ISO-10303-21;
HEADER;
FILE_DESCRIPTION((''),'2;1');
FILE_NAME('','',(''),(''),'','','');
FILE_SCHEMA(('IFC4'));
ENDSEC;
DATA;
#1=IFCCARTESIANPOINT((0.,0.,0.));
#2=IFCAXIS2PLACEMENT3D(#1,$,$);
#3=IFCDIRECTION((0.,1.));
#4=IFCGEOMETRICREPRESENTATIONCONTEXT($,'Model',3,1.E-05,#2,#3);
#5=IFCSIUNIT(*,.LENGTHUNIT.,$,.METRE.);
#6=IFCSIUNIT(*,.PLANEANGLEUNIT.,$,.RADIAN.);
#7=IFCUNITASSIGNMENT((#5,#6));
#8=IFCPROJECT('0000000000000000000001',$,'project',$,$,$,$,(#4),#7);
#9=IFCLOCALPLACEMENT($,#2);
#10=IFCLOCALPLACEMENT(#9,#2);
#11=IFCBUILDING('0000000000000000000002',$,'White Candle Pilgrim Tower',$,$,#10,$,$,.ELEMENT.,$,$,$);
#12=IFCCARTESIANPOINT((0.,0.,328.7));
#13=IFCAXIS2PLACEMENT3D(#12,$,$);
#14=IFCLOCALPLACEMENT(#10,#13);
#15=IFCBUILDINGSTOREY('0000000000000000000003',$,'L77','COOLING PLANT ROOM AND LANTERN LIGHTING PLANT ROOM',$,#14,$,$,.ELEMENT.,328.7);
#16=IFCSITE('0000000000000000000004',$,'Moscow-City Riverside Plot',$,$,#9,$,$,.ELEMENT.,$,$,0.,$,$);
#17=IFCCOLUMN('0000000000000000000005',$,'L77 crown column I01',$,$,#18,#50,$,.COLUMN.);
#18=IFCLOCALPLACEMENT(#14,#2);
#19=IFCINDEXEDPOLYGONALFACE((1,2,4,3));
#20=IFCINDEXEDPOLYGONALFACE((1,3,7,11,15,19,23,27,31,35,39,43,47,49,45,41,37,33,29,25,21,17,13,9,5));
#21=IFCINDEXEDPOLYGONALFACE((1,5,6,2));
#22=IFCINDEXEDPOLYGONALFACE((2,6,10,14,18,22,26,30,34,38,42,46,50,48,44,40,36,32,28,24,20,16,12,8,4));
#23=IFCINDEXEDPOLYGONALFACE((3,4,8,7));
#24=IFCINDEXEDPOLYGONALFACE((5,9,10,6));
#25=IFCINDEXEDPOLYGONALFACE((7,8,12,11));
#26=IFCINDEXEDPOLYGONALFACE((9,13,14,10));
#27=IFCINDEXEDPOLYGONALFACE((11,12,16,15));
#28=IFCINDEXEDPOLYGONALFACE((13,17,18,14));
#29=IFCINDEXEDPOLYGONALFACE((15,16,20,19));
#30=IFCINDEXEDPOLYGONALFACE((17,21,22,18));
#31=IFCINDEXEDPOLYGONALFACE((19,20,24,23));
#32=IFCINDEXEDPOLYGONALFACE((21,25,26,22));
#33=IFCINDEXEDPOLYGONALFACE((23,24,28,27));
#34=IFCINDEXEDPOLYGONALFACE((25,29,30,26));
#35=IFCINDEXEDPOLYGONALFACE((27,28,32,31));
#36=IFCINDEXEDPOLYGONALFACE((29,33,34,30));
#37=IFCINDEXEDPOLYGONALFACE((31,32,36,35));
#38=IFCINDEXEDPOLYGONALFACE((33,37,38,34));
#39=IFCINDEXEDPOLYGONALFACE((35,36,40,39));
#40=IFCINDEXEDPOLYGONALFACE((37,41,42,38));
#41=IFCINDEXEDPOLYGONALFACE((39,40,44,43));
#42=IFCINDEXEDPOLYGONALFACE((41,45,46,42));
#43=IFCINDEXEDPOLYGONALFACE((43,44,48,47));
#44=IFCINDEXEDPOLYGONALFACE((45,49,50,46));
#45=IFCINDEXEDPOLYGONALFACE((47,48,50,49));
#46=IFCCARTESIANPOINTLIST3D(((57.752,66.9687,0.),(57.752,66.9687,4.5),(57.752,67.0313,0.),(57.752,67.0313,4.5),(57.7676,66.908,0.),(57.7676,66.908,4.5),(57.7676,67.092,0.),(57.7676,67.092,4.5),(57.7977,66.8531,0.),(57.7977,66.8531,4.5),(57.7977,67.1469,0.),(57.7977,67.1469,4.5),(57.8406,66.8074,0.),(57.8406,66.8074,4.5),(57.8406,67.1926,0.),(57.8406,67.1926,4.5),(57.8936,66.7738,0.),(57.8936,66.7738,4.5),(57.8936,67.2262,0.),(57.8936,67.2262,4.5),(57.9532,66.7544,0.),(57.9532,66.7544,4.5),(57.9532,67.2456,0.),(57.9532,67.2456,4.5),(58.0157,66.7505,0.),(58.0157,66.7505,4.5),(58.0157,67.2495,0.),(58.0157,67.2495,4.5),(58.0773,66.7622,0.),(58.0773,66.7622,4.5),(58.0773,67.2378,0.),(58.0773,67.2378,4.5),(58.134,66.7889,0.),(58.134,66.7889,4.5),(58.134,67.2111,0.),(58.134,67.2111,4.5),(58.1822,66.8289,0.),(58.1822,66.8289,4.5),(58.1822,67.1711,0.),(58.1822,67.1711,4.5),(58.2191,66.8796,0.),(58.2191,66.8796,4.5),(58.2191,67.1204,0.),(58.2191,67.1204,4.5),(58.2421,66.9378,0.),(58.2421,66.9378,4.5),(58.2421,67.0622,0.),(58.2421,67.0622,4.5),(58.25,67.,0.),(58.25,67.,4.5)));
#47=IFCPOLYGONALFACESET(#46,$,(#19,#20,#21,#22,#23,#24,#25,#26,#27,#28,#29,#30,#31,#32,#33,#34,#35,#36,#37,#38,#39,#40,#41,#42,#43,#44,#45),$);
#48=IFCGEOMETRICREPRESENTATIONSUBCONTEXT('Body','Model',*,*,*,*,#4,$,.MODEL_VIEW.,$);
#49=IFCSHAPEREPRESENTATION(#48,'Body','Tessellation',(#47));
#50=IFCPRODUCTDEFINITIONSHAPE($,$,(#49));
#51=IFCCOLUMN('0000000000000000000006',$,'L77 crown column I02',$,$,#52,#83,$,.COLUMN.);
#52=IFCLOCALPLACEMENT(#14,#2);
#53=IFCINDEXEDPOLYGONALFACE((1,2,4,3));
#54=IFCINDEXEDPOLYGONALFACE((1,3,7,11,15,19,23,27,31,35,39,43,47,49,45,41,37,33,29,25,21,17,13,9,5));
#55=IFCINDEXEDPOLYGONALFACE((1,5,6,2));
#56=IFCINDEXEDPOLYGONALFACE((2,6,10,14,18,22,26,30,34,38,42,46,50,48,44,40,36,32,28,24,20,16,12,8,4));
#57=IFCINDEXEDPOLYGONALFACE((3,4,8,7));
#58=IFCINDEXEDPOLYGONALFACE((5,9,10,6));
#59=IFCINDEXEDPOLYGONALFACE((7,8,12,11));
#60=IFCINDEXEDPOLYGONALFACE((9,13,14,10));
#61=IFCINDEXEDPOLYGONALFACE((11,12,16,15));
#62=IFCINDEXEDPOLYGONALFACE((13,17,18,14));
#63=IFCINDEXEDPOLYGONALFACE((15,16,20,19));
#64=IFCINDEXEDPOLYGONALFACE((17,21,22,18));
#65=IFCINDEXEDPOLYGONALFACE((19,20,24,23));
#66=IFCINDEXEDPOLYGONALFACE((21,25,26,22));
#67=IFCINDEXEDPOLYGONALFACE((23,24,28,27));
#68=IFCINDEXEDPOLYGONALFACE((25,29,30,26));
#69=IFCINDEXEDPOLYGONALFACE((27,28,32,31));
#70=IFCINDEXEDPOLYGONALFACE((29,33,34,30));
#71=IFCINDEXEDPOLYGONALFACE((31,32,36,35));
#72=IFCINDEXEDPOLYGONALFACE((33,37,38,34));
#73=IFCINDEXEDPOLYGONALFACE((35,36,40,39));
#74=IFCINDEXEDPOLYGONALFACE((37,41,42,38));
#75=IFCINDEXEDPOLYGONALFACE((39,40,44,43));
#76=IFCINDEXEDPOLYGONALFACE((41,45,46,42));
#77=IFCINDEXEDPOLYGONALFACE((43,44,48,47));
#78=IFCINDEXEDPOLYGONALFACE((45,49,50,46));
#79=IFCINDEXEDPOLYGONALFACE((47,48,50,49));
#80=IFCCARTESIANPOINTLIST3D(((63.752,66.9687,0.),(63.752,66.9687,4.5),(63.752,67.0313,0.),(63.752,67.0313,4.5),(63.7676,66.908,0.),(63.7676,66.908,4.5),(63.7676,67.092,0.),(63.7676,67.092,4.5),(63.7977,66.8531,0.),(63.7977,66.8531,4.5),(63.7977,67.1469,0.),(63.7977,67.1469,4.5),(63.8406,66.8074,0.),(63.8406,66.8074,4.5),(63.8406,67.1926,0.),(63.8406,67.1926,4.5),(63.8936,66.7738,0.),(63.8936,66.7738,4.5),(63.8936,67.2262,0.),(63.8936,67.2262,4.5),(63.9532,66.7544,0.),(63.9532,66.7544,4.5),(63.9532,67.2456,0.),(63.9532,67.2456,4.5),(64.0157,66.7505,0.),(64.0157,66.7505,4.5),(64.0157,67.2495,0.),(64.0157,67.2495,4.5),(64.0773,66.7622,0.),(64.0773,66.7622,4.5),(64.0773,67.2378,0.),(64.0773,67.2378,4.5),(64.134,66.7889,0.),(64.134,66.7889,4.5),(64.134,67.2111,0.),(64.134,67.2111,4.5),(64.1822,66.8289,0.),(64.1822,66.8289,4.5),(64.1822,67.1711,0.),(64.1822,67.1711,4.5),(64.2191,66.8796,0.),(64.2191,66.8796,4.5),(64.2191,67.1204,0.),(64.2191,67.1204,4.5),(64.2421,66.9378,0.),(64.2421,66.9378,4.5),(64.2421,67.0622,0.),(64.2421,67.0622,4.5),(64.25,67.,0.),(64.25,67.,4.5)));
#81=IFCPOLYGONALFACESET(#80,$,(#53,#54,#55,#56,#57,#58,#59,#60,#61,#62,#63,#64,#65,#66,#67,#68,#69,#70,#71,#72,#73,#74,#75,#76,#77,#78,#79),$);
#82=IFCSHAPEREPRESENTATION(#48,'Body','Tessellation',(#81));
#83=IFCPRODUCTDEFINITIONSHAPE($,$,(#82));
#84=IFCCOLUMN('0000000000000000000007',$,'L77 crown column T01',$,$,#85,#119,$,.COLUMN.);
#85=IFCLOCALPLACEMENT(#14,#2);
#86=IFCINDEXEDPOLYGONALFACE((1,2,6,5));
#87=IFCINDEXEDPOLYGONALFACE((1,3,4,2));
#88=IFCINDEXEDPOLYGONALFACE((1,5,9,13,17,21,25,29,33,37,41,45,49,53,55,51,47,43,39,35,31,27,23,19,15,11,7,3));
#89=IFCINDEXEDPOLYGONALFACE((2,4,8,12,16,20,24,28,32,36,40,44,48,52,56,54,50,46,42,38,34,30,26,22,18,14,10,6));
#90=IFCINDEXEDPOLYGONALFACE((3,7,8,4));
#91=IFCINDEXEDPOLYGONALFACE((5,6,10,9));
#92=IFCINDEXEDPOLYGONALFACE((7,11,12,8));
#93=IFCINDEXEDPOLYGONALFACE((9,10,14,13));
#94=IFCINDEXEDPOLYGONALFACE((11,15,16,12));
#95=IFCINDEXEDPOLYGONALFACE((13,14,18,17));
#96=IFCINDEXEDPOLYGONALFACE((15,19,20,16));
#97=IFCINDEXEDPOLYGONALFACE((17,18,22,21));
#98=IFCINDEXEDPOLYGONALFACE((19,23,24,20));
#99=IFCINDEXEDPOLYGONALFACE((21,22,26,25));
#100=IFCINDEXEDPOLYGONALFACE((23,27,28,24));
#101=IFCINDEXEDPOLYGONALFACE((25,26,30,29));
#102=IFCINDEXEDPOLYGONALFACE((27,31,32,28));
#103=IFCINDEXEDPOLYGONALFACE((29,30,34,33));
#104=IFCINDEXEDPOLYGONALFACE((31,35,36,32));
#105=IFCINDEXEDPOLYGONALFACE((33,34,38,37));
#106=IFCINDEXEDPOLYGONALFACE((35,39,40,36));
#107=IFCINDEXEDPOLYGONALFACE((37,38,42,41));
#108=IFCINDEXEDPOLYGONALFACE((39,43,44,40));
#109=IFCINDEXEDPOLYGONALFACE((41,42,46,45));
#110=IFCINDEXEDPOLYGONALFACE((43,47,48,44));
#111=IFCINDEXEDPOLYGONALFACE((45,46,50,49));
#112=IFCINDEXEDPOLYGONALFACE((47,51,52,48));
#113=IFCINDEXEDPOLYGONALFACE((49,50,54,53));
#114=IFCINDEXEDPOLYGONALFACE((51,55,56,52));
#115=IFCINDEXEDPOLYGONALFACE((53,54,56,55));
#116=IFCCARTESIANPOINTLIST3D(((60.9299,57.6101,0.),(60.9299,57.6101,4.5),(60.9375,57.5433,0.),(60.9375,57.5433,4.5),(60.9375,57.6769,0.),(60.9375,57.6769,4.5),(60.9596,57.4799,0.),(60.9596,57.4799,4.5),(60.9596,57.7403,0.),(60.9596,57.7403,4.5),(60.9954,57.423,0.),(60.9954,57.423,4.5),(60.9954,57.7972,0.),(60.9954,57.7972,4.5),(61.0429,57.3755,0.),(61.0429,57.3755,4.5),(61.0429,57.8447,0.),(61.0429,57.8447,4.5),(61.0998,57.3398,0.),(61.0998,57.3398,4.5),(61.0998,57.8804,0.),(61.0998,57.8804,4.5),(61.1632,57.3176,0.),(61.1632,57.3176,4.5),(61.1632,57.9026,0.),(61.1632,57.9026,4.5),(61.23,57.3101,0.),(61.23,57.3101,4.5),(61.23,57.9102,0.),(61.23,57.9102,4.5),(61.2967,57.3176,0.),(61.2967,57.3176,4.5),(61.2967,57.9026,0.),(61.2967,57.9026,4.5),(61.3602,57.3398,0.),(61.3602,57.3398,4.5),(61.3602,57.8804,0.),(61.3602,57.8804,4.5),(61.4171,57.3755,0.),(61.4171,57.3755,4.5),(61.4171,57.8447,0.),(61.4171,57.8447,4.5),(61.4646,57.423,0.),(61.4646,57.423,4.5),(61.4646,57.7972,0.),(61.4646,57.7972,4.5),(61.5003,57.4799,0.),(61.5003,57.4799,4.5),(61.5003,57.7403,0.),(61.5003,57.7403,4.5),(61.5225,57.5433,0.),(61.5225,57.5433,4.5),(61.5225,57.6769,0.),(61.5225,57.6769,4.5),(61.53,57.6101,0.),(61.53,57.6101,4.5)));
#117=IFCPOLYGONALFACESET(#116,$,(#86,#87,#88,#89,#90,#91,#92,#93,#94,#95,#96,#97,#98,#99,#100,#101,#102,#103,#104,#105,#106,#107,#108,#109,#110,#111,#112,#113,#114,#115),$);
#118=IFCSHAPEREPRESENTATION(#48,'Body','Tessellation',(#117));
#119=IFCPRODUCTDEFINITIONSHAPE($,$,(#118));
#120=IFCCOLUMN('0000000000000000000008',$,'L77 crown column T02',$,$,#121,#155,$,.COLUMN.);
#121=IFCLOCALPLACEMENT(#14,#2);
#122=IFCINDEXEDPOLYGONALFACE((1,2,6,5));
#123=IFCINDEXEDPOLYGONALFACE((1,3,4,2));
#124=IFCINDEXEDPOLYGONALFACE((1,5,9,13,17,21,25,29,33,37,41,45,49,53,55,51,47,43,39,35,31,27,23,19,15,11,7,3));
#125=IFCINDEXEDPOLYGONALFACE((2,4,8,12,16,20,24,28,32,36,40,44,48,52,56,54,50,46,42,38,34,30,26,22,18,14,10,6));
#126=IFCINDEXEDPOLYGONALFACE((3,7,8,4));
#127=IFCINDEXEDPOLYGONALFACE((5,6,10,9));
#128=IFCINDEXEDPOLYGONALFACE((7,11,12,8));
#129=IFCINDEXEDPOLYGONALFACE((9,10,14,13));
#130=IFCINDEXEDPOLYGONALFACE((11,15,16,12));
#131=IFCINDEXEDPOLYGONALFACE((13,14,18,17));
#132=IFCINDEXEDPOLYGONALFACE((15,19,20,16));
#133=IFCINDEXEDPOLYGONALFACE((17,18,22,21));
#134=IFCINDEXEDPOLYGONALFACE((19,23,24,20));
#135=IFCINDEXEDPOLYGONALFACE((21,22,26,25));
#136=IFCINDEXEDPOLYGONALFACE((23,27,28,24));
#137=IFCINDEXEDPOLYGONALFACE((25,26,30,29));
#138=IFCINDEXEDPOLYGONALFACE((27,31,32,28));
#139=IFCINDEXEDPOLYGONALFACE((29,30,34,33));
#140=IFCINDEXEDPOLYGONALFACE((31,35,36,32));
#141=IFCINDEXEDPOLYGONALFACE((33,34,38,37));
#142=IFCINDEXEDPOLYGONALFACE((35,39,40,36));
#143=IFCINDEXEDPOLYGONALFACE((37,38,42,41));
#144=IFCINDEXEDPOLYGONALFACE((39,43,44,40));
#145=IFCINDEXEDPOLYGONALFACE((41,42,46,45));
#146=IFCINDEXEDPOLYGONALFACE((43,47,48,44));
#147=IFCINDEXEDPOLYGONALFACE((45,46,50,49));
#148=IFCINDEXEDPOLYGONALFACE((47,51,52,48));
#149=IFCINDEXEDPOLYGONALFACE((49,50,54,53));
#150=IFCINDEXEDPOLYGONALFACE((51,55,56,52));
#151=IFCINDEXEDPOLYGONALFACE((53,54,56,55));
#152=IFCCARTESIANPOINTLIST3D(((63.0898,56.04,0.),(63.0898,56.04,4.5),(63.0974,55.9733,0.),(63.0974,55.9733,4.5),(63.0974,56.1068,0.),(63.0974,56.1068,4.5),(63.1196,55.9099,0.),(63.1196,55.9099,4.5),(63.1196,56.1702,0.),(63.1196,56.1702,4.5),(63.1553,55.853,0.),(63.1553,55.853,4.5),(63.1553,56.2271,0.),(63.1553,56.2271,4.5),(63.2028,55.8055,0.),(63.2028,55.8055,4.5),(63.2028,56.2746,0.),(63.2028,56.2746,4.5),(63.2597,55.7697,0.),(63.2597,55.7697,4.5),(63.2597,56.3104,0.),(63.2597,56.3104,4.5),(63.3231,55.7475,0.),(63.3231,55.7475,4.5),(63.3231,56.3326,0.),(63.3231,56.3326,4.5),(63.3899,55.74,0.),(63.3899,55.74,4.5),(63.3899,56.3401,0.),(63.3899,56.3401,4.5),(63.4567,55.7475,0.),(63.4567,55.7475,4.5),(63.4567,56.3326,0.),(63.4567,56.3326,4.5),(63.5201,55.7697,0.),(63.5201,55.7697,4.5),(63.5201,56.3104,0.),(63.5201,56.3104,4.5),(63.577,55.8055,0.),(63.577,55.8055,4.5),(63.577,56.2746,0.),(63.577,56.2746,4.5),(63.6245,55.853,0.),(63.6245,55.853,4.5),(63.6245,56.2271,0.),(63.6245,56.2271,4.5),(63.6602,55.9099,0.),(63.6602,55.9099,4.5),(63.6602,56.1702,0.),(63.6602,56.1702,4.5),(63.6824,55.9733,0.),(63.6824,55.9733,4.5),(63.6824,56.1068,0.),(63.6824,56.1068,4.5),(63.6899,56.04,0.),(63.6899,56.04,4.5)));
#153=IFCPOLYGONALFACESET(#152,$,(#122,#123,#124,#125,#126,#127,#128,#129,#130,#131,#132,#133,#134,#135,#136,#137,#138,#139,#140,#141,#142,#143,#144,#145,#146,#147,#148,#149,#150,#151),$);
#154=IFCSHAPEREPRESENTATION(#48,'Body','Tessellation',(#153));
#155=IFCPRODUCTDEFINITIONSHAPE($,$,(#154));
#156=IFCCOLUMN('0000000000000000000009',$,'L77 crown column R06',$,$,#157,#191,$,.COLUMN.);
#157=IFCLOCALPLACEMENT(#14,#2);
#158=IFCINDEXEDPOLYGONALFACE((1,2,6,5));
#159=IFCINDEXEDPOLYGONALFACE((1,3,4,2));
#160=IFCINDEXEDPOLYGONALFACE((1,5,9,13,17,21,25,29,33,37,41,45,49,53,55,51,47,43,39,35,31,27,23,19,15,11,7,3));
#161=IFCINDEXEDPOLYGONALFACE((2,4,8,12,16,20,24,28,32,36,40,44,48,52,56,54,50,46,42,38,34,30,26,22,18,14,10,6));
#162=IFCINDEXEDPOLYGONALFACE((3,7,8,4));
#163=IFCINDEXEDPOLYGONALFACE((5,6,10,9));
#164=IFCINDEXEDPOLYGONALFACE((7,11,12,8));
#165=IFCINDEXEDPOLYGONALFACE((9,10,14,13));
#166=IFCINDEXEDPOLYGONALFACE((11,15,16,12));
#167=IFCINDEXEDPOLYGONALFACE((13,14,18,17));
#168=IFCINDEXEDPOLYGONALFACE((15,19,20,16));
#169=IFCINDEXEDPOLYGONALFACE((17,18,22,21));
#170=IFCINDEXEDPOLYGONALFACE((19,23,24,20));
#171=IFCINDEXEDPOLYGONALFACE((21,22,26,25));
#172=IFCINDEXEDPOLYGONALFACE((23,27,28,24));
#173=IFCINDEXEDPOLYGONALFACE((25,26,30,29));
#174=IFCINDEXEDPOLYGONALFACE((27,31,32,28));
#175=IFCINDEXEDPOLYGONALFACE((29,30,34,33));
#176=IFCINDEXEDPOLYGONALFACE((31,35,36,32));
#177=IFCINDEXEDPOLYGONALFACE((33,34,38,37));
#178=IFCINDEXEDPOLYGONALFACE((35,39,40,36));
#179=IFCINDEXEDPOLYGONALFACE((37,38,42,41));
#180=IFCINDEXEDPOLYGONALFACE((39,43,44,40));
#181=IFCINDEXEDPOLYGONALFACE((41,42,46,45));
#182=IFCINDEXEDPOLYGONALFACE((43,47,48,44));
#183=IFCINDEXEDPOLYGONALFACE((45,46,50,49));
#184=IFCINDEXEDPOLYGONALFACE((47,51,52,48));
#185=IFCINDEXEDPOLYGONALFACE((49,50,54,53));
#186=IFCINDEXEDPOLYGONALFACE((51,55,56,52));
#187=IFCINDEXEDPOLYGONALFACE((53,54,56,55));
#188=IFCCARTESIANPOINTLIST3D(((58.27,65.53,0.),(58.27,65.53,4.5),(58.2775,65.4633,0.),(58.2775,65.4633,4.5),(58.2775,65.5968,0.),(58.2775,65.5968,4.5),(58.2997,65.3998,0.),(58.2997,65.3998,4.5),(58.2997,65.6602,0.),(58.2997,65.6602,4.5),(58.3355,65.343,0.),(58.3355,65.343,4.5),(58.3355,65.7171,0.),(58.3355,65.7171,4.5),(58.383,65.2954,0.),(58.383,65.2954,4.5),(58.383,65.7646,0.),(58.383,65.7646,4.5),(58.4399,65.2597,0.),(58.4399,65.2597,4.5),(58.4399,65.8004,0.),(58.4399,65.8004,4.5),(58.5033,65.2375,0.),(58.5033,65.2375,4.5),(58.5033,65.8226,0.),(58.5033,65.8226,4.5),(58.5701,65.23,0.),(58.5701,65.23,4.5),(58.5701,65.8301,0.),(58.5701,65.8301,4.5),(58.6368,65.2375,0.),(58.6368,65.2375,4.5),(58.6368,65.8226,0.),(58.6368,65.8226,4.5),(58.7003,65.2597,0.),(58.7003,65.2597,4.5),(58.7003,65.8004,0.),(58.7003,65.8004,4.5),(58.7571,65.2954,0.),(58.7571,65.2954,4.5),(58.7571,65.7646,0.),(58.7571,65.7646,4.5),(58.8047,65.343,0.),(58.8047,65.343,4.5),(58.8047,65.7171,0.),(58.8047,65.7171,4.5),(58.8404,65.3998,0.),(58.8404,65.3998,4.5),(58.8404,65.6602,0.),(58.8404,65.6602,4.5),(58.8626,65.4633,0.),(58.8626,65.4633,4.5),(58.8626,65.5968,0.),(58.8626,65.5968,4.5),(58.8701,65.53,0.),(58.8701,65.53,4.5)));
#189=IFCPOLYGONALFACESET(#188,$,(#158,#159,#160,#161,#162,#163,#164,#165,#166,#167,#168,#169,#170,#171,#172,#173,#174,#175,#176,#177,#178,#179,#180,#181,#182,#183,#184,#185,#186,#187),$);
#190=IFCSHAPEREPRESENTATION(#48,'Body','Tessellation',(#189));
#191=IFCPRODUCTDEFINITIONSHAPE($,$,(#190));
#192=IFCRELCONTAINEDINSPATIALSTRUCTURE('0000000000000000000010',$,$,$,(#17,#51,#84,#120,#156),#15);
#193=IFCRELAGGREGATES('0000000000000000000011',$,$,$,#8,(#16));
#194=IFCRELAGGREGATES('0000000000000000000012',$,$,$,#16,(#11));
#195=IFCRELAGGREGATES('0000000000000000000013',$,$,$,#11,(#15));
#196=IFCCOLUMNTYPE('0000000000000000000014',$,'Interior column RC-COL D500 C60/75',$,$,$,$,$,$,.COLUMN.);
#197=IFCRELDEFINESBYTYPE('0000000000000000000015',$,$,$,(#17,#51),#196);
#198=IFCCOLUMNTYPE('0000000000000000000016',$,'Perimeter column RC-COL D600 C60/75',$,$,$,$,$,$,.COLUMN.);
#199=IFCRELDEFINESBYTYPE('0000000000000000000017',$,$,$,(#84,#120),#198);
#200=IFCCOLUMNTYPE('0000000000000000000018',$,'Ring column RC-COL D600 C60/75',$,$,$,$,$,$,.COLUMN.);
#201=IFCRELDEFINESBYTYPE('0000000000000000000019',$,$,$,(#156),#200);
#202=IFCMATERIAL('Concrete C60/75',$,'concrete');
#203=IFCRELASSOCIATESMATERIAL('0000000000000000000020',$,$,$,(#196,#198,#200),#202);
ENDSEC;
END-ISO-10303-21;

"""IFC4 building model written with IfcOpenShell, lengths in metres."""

from ifc_helpers import new_model, si_unit, direction, frame, origin, origin_2d, place, context, subcontext, project, spatial, circle, extrude, material, material_profile, profile_set, type_object, element, save


model = new_model("IFC4")

# Units and contexts
model_context = context("Model", 3, precision=1e-05, world=origin(), true_north=direction((0.0, 1.0)))
body_context = subcontext(model_context, "Body", "Model", "MODEL_VIEW")
ifc_project = project(units=[si_unit("LENGTHUNIT", "METRE"), si_unit("PLANEANGLEUNIT", "RADIAN")], contexts=[model_context])

# Site, building, storey
site_placement = place(None, origin())
site = spatial("IfcSite", under=ifc_project, at=site_placement, Name="Moscow-City Riverside Plot", CompositionType="ELEMENT", RefElevation=0.0)
building_placement = place(site_placement, origin())
building = spatial("IfcBuilding", under=site, at=building_placement, Name="White Candle Pilgrim Tower", CompositionType="ELEMENT")
storey_placement = place(building_placement, frame((0.0, 0.0, 328.7)))
storey = spatial("IfcBuildingStorey", under=building, at=storey_placement, Name="L77", Description="COOLING PLANT ROOM AND LANTERN LIGHTING PLANT ROOM", CompositionType="ELEMENT", Elevation=328.7)

# Columns
ifc_material_1 = material(Name="Concrete C60/75", Category="concrete")
ifc_material_profile_1 = material_profile(ifc_material_1, circle(Radius=0.25, at=origin_2d()), Name="RC-COL D500")
ifc_profile_set_1 = profile_set([ifc_material_profile_1], Name="Concrete C60/75")
column_type_1 = type_object("IfcColumnType", Name="Interior column RC-COL D500 C60/75", PredefinedType="COLUMN", material=ifc_profile_set_1)
for number, where, z_axis, x_axis, name in (
    (1, (58.0, 67.0, 0.0), (0.0, 0.0, 1.0), (1.0, 0.0, 0.0), "L77 crown column I01"),
    (2, (64.0, 67.0, 0.0), (0.0, 0.0, 1.0), (1.0, 0.0, 0.0), "L77 crown column I02"),
):
    element("IfcColumn", number, at=place(storey_placement, frame(where, z_axis=z_axis, x_axis=x_axis)), inside=storey, type_object=column_type_1, Name=name, PredefinedType="COLUMN", context=body_context, shape_type="SweptSolid", body=[
        extrude(circle(Radius=0.25, at=origin_2d()), origin(), (0.0, 0.0, 1.0), 4.5),
    ])
ifc_material_profile_2 = material_profile(ifc_material_1, circle(Radius=0.3, at=origin_2d()), Name="RC-COL D600")
ifc_profile_set_2 = profile_set([ifc_material_profile_2], Name="Concrete C60/75")
column_type_2 = type_object("IfcColumnType", Name="Perimeter column RC-COL D600 C60/75", PredefinedType="COLUMN", material=ifc_profile_set_2)
for number, where, z_axis, x_axis, name in (
    (3, (61.23, 57.6101, 0.0), (0.0, 0.0, 1.0), (1.0, 0.0, 0.0), "L77 crown column T01"),
    (4, (63.3899, 56.04, 0.0), (0.0, 0.0, 1.0), (1.0, 0.0, 0.0), "L77 crown column T02"),
):
    element("IfcColumn", number, at=place(storey_placement, frame(where, z_axis=z_axis, x_axis=x_axis)), inside=storey, type_object=column_type_2, Name=name, PredefinedType="COLUMN", context=body_context, shape_type="SweptSolid", body=[
        extrude(circle(Radius=0.3, at=origin_2d()), origin(), (0.0, 0.0, 1.0), 4.5),
    ])
ifc_material_profile_3 = material_profile(ifc_material_1, circle(Radius=0.3, at=origin_2d()), Name="RC-COL D600")
ifc_profile_set_3 = profile_set([ifc_material_profile_3], Name="Concrete C60/75")
column_type_3 = type_object("IfcColumnType", Name="Ring column RC-COL D600 C60/75", PredefinedType="COLUMN", material=ifc_profile_set_3)
column_placement = place(storey_placement, frame((58.5701, 65.53, 0.0), z_axis=(0.0, 0.0, 1.0), x_axis=(1.0, 0.0, 0.0)))
element("IfcColumn", 5, at=column_placement, inside=storey, type_object=column_type_3, Name="L77 crown column R06", PredefinedType="COLUMN", context=body_context, shape_type="SweptSolid", body=[
    extrude(circle(Radius=0.3, at=origin_2d()), origin(), (0.0, 0.0, 1.0), 4.5),
])

save(model, "model.ifc")
